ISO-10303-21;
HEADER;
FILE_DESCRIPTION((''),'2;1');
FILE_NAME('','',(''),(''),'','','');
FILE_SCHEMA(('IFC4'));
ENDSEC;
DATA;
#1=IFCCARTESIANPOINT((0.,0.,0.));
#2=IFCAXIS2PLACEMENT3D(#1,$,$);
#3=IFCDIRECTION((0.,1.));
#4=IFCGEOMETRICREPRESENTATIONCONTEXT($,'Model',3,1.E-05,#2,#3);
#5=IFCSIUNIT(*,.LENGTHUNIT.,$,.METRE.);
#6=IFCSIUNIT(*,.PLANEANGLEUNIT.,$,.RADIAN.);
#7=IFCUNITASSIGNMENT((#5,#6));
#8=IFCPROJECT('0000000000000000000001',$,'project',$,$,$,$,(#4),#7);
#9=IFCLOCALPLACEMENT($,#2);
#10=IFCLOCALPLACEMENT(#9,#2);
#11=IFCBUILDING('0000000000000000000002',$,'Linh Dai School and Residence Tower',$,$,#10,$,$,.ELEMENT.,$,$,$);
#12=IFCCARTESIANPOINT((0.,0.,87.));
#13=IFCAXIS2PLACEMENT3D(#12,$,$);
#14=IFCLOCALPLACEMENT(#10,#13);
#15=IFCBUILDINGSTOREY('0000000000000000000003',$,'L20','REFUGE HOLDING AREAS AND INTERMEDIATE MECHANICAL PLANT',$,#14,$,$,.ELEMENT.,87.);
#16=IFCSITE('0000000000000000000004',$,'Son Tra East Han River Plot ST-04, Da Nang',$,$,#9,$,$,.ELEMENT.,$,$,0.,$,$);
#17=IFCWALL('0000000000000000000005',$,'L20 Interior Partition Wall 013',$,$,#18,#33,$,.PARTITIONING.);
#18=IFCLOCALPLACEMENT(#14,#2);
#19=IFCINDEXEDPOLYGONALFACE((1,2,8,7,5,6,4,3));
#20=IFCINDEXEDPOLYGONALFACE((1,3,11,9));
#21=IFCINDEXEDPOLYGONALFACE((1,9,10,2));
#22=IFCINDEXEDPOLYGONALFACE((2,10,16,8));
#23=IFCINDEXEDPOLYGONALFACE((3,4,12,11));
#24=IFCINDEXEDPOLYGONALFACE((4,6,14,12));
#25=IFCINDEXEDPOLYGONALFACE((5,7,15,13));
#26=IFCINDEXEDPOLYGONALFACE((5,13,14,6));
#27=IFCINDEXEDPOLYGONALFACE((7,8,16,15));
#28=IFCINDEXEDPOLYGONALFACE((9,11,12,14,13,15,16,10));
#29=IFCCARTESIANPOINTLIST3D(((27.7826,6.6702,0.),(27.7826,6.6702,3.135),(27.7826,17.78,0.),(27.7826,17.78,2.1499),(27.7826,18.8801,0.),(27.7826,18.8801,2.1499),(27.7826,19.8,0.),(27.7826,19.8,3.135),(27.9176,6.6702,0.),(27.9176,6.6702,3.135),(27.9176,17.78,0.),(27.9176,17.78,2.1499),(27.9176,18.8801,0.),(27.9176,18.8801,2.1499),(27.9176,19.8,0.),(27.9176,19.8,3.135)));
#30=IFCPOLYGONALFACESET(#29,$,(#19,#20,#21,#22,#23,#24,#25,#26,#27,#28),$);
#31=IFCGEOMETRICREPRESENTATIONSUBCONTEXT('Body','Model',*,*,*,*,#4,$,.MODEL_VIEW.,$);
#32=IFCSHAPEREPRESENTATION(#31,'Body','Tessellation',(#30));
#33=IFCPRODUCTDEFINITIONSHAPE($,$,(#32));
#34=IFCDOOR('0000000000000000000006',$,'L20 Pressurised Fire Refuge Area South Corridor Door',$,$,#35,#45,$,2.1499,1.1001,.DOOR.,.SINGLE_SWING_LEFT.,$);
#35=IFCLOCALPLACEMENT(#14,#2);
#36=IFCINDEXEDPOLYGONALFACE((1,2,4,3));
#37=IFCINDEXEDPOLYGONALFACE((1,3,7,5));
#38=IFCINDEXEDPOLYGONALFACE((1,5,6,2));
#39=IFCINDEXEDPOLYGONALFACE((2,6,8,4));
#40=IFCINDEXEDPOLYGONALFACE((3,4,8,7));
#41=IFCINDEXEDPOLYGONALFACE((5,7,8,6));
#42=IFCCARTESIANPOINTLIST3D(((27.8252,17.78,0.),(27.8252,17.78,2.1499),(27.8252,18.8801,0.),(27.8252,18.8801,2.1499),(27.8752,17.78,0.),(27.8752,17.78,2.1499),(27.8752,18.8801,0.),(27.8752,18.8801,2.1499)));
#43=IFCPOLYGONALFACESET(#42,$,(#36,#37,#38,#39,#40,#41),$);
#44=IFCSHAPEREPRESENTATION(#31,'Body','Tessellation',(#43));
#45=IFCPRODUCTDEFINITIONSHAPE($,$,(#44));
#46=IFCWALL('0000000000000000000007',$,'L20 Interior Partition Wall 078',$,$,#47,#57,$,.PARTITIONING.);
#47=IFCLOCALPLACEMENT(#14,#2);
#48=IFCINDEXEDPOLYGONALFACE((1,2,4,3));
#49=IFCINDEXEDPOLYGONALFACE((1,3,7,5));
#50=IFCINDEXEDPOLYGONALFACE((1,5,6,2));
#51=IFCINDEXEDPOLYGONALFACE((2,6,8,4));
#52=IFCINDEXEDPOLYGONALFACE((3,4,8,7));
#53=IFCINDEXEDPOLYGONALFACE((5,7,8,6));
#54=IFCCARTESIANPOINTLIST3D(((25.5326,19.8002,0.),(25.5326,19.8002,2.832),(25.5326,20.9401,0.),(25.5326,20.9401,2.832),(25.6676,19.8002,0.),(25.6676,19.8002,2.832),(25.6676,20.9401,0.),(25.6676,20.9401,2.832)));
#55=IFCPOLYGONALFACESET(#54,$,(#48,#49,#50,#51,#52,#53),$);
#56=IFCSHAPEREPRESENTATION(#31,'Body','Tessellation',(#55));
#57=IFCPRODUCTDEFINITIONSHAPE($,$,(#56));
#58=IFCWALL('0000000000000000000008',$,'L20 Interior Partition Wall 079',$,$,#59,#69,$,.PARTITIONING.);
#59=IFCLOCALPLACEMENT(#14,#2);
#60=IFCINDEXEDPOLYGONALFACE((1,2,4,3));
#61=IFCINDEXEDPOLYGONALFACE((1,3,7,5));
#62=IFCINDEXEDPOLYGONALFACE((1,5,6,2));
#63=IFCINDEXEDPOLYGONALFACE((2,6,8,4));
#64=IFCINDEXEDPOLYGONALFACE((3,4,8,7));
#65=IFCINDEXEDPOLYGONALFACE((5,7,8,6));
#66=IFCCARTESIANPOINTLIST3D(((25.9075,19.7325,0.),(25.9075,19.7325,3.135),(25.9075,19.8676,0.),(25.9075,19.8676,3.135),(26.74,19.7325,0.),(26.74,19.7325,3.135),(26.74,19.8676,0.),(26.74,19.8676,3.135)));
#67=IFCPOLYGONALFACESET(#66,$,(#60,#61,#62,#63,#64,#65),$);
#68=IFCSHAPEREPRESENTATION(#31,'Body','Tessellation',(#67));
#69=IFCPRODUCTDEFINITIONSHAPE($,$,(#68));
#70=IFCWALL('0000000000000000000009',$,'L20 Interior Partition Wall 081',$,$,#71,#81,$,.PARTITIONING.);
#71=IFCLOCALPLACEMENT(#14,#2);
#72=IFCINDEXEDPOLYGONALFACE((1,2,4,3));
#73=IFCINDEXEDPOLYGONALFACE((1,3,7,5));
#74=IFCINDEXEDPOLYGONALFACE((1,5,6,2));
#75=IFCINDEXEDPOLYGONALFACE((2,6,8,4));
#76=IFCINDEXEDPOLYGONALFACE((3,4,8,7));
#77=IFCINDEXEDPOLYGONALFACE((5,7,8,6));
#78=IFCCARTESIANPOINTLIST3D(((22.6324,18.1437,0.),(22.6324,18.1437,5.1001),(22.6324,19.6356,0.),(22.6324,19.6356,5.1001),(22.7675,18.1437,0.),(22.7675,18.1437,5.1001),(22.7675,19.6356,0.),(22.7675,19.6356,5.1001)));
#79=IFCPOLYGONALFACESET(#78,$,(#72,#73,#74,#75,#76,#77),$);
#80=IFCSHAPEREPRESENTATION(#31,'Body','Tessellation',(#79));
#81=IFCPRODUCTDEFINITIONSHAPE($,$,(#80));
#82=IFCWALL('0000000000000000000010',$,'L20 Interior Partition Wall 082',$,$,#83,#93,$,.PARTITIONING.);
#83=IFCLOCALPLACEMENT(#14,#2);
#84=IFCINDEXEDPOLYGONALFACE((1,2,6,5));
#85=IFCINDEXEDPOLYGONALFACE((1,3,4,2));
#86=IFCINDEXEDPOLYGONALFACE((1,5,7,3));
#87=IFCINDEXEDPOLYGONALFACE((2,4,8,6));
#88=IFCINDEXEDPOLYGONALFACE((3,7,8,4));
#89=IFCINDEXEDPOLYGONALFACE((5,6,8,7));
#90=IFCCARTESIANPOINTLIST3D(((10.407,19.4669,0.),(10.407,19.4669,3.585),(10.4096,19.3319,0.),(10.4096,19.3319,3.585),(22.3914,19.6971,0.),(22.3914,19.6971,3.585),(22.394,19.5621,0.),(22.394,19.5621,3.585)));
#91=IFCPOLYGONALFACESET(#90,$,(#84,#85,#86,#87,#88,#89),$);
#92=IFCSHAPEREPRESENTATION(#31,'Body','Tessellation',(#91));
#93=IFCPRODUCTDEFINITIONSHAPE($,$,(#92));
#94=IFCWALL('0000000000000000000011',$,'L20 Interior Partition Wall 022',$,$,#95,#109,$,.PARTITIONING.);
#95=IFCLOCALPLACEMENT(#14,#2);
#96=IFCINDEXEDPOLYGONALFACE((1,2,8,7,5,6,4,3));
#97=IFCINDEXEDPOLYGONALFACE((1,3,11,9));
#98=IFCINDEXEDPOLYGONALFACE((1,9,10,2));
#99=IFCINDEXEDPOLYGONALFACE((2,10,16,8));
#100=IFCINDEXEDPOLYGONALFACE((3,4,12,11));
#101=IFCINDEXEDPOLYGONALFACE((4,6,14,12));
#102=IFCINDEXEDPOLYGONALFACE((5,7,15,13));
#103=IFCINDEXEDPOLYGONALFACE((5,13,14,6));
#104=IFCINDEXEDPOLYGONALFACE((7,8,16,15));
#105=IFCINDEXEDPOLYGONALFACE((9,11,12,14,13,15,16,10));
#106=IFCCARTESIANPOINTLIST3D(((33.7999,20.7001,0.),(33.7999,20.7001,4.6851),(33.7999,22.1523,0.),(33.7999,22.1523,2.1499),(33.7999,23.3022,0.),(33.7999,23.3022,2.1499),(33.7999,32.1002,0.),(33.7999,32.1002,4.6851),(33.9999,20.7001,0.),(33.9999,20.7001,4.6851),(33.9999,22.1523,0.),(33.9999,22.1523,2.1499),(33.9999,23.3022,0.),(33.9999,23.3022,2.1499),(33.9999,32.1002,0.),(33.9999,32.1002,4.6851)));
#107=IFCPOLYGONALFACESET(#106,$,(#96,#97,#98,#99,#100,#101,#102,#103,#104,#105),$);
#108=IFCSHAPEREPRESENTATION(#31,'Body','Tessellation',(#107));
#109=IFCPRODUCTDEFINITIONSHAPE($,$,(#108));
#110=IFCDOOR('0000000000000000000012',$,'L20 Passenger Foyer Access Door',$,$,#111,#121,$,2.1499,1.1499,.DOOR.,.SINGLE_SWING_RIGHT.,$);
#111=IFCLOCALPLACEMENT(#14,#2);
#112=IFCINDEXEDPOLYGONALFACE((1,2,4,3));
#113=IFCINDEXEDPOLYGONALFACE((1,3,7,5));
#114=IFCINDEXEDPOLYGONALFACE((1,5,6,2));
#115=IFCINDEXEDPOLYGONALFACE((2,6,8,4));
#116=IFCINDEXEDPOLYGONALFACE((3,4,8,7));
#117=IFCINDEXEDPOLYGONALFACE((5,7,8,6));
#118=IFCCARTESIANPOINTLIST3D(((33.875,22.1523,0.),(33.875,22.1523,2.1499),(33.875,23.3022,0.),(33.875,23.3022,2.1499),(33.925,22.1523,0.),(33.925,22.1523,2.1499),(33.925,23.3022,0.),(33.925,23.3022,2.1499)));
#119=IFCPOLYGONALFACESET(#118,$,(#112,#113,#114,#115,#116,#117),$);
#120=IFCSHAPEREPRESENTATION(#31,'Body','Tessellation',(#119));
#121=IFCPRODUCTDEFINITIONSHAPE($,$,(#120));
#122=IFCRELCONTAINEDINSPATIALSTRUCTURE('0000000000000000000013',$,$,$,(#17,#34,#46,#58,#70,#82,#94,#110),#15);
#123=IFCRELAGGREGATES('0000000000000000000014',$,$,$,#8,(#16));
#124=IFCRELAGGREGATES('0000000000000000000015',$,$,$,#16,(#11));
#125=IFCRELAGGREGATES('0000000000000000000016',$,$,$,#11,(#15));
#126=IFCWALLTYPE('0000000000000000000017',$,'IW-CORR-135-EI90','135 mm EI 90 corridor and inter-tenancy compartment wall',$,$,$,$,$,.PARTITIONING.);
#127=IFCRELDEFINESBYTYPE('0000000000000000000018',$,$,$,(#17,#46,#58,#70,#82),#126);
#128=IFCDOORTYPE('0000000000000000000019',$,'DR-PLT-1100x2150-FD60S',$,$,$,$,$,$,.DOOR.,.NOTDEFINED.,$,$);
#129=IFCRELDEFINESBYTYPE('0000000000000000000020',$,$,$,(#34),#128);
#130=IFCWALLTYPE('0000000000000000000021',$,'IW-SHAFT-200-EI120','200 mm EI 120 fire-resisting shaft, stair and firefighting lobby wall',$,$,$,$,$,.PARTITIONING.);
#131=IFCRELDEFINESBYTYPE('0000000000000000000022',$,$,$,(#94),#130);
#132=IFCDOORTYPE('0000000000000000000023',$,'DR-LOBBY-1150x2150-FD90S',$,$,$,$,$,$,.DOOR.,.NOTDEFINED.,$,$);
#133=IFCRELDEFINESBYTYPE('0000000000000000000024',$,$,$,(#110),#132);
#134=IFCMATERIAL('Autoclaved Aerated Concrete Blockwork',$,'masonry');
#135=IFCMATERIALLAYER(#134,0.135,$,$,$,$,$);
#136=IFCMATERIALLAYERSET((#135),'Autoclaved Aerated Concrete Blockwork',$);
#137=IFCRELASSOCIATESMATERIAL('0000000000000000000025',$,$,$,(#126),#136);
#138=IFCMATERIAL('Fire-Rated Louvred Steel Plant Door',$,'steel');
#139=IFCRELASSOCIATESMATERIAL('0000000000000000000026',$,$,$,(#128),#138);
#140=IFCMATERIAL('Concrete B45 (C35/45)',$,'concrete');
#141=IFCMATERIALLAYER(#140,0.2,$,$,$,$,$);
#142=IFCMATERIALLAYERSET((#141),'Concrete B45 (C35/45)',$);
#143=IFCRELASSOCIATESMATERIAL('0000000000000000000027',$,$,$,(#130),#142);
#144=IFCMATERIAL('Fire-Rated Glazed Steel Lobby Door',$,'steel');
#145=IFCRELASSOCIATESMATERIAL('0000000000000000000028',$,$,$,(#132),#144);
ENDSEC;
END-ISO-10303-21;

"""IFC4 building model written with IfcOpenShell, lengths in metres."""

from ifc_helpers import new_model, si_unit, direction, frame, frame_2d, origin, origin_2d, place, context, subcontext, project, spatial, rectangle, extrude, source, transform, mapped, material, layer, layer_set, type_object, element, fill, save


model = new_model("IFC4")

# Units and contexts
model_context = context("Model", 3, precision=1e-05, world=origin(), true_north=direction((0.0, 1.0)))
body_context = subcontext(model_context, "Body", "Model", "MODEL_VIEW")
ifc_project = project(units=[si_unit("LENGTHUNIT", "METRE"), si_unit("PLANEANGLEUNIT", "RADIAN")], contexts=[model_context])

# Site, building, storey
site_placement = place(None, origin())
site = spatial("IfcSite", under=ifc_project, at=site_placement, Name="Son Tra East Han River Plot ST-04, Da Nang", CompositionType="ELEMENT", RefElevation=0.0)
building_placement = place(site_placement, origin())
building = spatial("IfcBuilding", under=site, at=building_placement, Name="Linh Dai School and Residence Tower", CompositionType="ELEMENT")
storey_placement = place(building_placement, frame((0.0, 0.0, 87.0)))
storey = spatial("IfcBuildingStorey", under=building, at=storey_placement, Name="L20", Description="REFUGE HOLDING AREAS AND INTERMEDIATE MECHANICAL PLANT", CompositionType="ELEMENT", Elevation=87.0)

# Shared definitions
ifc_material_1 = material(Name="Autoclaved Aerated Concrete Blockwork", Category="masonry")
ifc_layer_1 = layer(ifc_material_1, 0.135)
ifc_layer_set_1 = layer_set([ifc_layer_1], Name="Autoclaved Aerated Concrete Blockwork")
wall_type_1 = type_object("IfcWallType", Name="IW-CORR-135-EI90", Description="135 mm EI 90 corridor and inter-tenancy compartment wall", PredefinedType="PARTITIONING", material=ifc_layer_set_1)
ifc_material_2 = material(Name="Fire-Rated Louvred Steel Plant Door", Category="steel")
door_type_1 = type_object("IfcDoorType", Name="DR-PLT-1100x2150-FD60S", OperationType="NOTDEFINED", PredefinedType="DOOR", material=ifc_material_2)
shared_shape_1 = source(origin(), body_context, "Body", "SweptSolid", [
    extrude(rectangle(XDim=1.1001, YDim=2.1499, at=origin_2d()), frame((0.55, 0.0249, 1.075), z_axis=(0.0, -1.0, 0.0), x_axis=(1.0, 0.0, 0.0)), (0.0, 0.0, 1.0), 0.05),
])

# Wall, opening, door
wall_1_placement = place(storey_placement, frame((27.8501, 6.6702, 0.0), z_axis=(0.0, 0.0, 1.0), x_axis=(0.0, 1.0, 0.0)))
wall_1 = element("IfcWall", 1, at=wall_1_placement, inside=storey, type_object=wall_type_1, Name="L20 Interior Partition Wall 013", PredefinedType="PARTITIONING", context=body_context, shape_type="SweptSolid", body=[
    extrude(rectangle(XDim=13.1299, YDim=0.135, at=frame_2d((6.5649, 0.0))), origin(), (0.0, 0.0, 1.0), 3.135),
])
opening_1_placement = place(wall_1_placement, frame((11.1099, 0.0, 0.0)))
opening_1 = element("IfcOpeningElement", 2, at=opening_1_placement, cuts=wall_1, PredefinedType="OPENING", context=body_context, shape_type="SweptSolid", body=[
    extrude(rectangle(XDim=1.1001, YDim=2.1499, at=origin_2d()), frame((0.55, 0.0776, 1.075), z_axis=(0.0, -1.0, 0.0), x_axis=(1.0, 0.0, 0.0)), (0.0, 0.0, 1.0), 0.155),
])
door_1_placement = place(opening_1_placement, origin())
door_1 = element("IfcDoor", 3, at=door_1_placement, inside=storey, type_object=door_type_1, Name="L20 Pressurised Fire Refuge Area South Corridor Door", OperationType="SINGLE_SWING_LEFT", OverallHeight=2.1499, OverallWidth=1.1001, PredefinedType="DOOR", context=body_context, shape_type="MappedRepresentation", body=[
    mapped(shared_shape_1, transform((0.0, 0.0, 0.0), x_axis=(1.0, 0.0, 0.0), y_axis=(0.0, 1.0, 0.0), z_axis=(0.0, 0.0, 1.0), scale=1.0)),
])
fill(opening_1, door_1)

# Walls
wall_2_placement = place(storey_placement, frame((25.6001, 20.9399, 0.0), z_axis=(0.0, 0.0, 1.0), x_axis=(0.0, -1.0, 0.0)))
element("IfcWall", 4, at=wall_2_placement, inside=storey, type_object=wall_type_1, Name="L20 Interior Partition Wall 078", PredefinedType="PARTITIONING", context=body_context, shape_type="SweptSolid", body=[
    extrude(rectangle(XDim=1.1399, YDim=0.135, at=frame_2d((0.5698, 0.0))), origin(), (0.0, 0.0, 1.0), 2.832),
])
wall_3_placement = place(storey_placement, frame((25.9075, 19.8, 0.0), z_axis=(0.0, 0.0, 1.0), x_axis=(1.0, 0.0, 0.0)))
element("IfcWall", 5, at=wall_3_placement, inside=storey, type_object=wall_type_1, Name="L20 Interior Partition Wall 079", PredefinedType="PARTITIONING", context=body_context, shape_type="SweptSolid", body=[
    extrude(rectangle(XDim=0.8325, YDim=0.135, at=frame_2d((0.4163, 0.0))), origin(), (0.0, 0.0, 1.0), 3.135),
])
wall_4_placement = place(storey_placement, frame((22.7, 18.1436, 0.0), z_axis=(0.0, 0.0, 1.0), x_axis=(0.0, 1.0, 0.0)))
element("IfcWall", 6, at=wall_4_placement, inside=storey, type_object=wall_type_1, Name="L20 Interior Partition Wall 081", PredefinedType="PARTITIONING", context=body_context, shape_type="SweptSolid", body=[
    extrude(rectangle(XDim=1.4919, YDim=0.135, at=frame_2d((0.7461, 0.0))), origin(), (0.0, 0.0, 1.0), 5.1001),
])
wall_5_placement = place(storey_placement, frame((22.3926, 19.6296, 0.0), z_axis=(0.0, 0.0, 1.0), x_axis=(-0.999816, -0.019207, 0.0)))
element("IfcWall", 7, at=wall_5_placement, inside=storey, type_object=wall_type_1, Name="L20 Interior Partition Wall 082", PredefinedType="PARTITIONING", context=body_context, shape_type="SweptSolid", body=[
    extrude(rectangle(XDim=11.9866, YDim=0.135, at=frame_2d((5.9932, 0.0))), origin(), (0.0, 0.0, 1.0), 3.585),
])

# Wall, opening, door
ifc_material_3 = material(Name="Concrete B45 (C35/45)", Category="concrete")
ifc_layer_2 = layer(ifc_material_3, 0.2)
ifc_layer_set_2 = layer_set([ifc_layer_2], Name="Concrete B45 (C35/45)")
wall_type_2 = type_object("IfcWallType", Name="IW-SHAFT-200-EI120", Description="200 mm EI 120 fire-resisting shaft, stair and firefighting lobby wall", PredefinedType="PARTITIONING", material=ifc_layer_set_2)
wall_6_placement = place(storey_placement, frame((33.8999, 20.7, 0.0), z_axis=(0.0, 0.0, 1.0), x_axis=(0.0, 1.0, 0.0)))
wall_6 = element("IfcWall", 8, at=wall_6_placement, inside=storey, type_object=wall_type_2, Name="L20 Interior Partition Wall 022", PredefinedType="PARTITIONING", context=body_context, shape_type="SweptSolid", body=[
    extrude(rectangle(XDim=11.4001, YDim=0.2, at=frame_2d((5.7002, 0.0))), origin(), (0.0, 0.0, 1.0), 4.6851),
])
opening_2_placement = place(wall_6_placement, frame((1.4524, 0.0, 0.0)))
opening_2 = element("IfcOpeningElement", 9, at=opening_2_placement, cuts=wall_6, PredefinedType="OPENING", context=body_context, shape_type="SweptSolid", body=[
    extrude(rectangle(XDim=1.1499, YDim=2.1499, at=origin_2d()), frame((0.575, 0.1099, 1.075), z_axis=(0.0, -1.0, 0.0), x_axis=(1.0, 0.0, 0.0)), (0.0, 0.0, 1.0), 0.22),
])
ifc_material_4 = material(Name="Fire-Rated Glazed Steel Lobby Door", Category="steel")
door_type_2 = type_object("IfcDoorType", Name="DR-LOBBY-1150x2150-FD90S", OperationType="NOTDEFINED", PredefinedType="DOOR", material=ifc_material_4)
shared_shape_2 = source(origin(), body_context, "Body", "SweptSolid", [
    extrude(rectangle(XDim=1.1499, YDim=2.1499, at=origin_2d()), frame((0.575, 0.0249, 1.075), z_axis=(0.0, -1.0, 0.0), x_axis=(1.0, 0.0, 0.0)), (0.0, 0.0, 1.0), 0.05),
])
door_2_placement = place(opening_2_placement, origin())
door_2 = element("IfcDoor", 10, at=door_2_placement, inside=storey, type_object=door_type_2, Name="L20 Passenger Foyer Access Door", OperationType="SINGLE_SWING_RIGHT", OverallHeight=2.1499, OverallWidth=1.1499, PredefinedType="DOOR", context=body_context, shape_type="MappedRepresentation", body=[
    mapped(shared_shape_2, transform((0.0, 0.0, 0.0), x_axis=(1.0, 0.0, 0.0), y_axis=(0.0, 1.0, 0.0), z_axis=(0.0, 0.0, 1.0), scale=1.0)),
])
fill(opening_2, door_2)

save(model, "model.ifc")
